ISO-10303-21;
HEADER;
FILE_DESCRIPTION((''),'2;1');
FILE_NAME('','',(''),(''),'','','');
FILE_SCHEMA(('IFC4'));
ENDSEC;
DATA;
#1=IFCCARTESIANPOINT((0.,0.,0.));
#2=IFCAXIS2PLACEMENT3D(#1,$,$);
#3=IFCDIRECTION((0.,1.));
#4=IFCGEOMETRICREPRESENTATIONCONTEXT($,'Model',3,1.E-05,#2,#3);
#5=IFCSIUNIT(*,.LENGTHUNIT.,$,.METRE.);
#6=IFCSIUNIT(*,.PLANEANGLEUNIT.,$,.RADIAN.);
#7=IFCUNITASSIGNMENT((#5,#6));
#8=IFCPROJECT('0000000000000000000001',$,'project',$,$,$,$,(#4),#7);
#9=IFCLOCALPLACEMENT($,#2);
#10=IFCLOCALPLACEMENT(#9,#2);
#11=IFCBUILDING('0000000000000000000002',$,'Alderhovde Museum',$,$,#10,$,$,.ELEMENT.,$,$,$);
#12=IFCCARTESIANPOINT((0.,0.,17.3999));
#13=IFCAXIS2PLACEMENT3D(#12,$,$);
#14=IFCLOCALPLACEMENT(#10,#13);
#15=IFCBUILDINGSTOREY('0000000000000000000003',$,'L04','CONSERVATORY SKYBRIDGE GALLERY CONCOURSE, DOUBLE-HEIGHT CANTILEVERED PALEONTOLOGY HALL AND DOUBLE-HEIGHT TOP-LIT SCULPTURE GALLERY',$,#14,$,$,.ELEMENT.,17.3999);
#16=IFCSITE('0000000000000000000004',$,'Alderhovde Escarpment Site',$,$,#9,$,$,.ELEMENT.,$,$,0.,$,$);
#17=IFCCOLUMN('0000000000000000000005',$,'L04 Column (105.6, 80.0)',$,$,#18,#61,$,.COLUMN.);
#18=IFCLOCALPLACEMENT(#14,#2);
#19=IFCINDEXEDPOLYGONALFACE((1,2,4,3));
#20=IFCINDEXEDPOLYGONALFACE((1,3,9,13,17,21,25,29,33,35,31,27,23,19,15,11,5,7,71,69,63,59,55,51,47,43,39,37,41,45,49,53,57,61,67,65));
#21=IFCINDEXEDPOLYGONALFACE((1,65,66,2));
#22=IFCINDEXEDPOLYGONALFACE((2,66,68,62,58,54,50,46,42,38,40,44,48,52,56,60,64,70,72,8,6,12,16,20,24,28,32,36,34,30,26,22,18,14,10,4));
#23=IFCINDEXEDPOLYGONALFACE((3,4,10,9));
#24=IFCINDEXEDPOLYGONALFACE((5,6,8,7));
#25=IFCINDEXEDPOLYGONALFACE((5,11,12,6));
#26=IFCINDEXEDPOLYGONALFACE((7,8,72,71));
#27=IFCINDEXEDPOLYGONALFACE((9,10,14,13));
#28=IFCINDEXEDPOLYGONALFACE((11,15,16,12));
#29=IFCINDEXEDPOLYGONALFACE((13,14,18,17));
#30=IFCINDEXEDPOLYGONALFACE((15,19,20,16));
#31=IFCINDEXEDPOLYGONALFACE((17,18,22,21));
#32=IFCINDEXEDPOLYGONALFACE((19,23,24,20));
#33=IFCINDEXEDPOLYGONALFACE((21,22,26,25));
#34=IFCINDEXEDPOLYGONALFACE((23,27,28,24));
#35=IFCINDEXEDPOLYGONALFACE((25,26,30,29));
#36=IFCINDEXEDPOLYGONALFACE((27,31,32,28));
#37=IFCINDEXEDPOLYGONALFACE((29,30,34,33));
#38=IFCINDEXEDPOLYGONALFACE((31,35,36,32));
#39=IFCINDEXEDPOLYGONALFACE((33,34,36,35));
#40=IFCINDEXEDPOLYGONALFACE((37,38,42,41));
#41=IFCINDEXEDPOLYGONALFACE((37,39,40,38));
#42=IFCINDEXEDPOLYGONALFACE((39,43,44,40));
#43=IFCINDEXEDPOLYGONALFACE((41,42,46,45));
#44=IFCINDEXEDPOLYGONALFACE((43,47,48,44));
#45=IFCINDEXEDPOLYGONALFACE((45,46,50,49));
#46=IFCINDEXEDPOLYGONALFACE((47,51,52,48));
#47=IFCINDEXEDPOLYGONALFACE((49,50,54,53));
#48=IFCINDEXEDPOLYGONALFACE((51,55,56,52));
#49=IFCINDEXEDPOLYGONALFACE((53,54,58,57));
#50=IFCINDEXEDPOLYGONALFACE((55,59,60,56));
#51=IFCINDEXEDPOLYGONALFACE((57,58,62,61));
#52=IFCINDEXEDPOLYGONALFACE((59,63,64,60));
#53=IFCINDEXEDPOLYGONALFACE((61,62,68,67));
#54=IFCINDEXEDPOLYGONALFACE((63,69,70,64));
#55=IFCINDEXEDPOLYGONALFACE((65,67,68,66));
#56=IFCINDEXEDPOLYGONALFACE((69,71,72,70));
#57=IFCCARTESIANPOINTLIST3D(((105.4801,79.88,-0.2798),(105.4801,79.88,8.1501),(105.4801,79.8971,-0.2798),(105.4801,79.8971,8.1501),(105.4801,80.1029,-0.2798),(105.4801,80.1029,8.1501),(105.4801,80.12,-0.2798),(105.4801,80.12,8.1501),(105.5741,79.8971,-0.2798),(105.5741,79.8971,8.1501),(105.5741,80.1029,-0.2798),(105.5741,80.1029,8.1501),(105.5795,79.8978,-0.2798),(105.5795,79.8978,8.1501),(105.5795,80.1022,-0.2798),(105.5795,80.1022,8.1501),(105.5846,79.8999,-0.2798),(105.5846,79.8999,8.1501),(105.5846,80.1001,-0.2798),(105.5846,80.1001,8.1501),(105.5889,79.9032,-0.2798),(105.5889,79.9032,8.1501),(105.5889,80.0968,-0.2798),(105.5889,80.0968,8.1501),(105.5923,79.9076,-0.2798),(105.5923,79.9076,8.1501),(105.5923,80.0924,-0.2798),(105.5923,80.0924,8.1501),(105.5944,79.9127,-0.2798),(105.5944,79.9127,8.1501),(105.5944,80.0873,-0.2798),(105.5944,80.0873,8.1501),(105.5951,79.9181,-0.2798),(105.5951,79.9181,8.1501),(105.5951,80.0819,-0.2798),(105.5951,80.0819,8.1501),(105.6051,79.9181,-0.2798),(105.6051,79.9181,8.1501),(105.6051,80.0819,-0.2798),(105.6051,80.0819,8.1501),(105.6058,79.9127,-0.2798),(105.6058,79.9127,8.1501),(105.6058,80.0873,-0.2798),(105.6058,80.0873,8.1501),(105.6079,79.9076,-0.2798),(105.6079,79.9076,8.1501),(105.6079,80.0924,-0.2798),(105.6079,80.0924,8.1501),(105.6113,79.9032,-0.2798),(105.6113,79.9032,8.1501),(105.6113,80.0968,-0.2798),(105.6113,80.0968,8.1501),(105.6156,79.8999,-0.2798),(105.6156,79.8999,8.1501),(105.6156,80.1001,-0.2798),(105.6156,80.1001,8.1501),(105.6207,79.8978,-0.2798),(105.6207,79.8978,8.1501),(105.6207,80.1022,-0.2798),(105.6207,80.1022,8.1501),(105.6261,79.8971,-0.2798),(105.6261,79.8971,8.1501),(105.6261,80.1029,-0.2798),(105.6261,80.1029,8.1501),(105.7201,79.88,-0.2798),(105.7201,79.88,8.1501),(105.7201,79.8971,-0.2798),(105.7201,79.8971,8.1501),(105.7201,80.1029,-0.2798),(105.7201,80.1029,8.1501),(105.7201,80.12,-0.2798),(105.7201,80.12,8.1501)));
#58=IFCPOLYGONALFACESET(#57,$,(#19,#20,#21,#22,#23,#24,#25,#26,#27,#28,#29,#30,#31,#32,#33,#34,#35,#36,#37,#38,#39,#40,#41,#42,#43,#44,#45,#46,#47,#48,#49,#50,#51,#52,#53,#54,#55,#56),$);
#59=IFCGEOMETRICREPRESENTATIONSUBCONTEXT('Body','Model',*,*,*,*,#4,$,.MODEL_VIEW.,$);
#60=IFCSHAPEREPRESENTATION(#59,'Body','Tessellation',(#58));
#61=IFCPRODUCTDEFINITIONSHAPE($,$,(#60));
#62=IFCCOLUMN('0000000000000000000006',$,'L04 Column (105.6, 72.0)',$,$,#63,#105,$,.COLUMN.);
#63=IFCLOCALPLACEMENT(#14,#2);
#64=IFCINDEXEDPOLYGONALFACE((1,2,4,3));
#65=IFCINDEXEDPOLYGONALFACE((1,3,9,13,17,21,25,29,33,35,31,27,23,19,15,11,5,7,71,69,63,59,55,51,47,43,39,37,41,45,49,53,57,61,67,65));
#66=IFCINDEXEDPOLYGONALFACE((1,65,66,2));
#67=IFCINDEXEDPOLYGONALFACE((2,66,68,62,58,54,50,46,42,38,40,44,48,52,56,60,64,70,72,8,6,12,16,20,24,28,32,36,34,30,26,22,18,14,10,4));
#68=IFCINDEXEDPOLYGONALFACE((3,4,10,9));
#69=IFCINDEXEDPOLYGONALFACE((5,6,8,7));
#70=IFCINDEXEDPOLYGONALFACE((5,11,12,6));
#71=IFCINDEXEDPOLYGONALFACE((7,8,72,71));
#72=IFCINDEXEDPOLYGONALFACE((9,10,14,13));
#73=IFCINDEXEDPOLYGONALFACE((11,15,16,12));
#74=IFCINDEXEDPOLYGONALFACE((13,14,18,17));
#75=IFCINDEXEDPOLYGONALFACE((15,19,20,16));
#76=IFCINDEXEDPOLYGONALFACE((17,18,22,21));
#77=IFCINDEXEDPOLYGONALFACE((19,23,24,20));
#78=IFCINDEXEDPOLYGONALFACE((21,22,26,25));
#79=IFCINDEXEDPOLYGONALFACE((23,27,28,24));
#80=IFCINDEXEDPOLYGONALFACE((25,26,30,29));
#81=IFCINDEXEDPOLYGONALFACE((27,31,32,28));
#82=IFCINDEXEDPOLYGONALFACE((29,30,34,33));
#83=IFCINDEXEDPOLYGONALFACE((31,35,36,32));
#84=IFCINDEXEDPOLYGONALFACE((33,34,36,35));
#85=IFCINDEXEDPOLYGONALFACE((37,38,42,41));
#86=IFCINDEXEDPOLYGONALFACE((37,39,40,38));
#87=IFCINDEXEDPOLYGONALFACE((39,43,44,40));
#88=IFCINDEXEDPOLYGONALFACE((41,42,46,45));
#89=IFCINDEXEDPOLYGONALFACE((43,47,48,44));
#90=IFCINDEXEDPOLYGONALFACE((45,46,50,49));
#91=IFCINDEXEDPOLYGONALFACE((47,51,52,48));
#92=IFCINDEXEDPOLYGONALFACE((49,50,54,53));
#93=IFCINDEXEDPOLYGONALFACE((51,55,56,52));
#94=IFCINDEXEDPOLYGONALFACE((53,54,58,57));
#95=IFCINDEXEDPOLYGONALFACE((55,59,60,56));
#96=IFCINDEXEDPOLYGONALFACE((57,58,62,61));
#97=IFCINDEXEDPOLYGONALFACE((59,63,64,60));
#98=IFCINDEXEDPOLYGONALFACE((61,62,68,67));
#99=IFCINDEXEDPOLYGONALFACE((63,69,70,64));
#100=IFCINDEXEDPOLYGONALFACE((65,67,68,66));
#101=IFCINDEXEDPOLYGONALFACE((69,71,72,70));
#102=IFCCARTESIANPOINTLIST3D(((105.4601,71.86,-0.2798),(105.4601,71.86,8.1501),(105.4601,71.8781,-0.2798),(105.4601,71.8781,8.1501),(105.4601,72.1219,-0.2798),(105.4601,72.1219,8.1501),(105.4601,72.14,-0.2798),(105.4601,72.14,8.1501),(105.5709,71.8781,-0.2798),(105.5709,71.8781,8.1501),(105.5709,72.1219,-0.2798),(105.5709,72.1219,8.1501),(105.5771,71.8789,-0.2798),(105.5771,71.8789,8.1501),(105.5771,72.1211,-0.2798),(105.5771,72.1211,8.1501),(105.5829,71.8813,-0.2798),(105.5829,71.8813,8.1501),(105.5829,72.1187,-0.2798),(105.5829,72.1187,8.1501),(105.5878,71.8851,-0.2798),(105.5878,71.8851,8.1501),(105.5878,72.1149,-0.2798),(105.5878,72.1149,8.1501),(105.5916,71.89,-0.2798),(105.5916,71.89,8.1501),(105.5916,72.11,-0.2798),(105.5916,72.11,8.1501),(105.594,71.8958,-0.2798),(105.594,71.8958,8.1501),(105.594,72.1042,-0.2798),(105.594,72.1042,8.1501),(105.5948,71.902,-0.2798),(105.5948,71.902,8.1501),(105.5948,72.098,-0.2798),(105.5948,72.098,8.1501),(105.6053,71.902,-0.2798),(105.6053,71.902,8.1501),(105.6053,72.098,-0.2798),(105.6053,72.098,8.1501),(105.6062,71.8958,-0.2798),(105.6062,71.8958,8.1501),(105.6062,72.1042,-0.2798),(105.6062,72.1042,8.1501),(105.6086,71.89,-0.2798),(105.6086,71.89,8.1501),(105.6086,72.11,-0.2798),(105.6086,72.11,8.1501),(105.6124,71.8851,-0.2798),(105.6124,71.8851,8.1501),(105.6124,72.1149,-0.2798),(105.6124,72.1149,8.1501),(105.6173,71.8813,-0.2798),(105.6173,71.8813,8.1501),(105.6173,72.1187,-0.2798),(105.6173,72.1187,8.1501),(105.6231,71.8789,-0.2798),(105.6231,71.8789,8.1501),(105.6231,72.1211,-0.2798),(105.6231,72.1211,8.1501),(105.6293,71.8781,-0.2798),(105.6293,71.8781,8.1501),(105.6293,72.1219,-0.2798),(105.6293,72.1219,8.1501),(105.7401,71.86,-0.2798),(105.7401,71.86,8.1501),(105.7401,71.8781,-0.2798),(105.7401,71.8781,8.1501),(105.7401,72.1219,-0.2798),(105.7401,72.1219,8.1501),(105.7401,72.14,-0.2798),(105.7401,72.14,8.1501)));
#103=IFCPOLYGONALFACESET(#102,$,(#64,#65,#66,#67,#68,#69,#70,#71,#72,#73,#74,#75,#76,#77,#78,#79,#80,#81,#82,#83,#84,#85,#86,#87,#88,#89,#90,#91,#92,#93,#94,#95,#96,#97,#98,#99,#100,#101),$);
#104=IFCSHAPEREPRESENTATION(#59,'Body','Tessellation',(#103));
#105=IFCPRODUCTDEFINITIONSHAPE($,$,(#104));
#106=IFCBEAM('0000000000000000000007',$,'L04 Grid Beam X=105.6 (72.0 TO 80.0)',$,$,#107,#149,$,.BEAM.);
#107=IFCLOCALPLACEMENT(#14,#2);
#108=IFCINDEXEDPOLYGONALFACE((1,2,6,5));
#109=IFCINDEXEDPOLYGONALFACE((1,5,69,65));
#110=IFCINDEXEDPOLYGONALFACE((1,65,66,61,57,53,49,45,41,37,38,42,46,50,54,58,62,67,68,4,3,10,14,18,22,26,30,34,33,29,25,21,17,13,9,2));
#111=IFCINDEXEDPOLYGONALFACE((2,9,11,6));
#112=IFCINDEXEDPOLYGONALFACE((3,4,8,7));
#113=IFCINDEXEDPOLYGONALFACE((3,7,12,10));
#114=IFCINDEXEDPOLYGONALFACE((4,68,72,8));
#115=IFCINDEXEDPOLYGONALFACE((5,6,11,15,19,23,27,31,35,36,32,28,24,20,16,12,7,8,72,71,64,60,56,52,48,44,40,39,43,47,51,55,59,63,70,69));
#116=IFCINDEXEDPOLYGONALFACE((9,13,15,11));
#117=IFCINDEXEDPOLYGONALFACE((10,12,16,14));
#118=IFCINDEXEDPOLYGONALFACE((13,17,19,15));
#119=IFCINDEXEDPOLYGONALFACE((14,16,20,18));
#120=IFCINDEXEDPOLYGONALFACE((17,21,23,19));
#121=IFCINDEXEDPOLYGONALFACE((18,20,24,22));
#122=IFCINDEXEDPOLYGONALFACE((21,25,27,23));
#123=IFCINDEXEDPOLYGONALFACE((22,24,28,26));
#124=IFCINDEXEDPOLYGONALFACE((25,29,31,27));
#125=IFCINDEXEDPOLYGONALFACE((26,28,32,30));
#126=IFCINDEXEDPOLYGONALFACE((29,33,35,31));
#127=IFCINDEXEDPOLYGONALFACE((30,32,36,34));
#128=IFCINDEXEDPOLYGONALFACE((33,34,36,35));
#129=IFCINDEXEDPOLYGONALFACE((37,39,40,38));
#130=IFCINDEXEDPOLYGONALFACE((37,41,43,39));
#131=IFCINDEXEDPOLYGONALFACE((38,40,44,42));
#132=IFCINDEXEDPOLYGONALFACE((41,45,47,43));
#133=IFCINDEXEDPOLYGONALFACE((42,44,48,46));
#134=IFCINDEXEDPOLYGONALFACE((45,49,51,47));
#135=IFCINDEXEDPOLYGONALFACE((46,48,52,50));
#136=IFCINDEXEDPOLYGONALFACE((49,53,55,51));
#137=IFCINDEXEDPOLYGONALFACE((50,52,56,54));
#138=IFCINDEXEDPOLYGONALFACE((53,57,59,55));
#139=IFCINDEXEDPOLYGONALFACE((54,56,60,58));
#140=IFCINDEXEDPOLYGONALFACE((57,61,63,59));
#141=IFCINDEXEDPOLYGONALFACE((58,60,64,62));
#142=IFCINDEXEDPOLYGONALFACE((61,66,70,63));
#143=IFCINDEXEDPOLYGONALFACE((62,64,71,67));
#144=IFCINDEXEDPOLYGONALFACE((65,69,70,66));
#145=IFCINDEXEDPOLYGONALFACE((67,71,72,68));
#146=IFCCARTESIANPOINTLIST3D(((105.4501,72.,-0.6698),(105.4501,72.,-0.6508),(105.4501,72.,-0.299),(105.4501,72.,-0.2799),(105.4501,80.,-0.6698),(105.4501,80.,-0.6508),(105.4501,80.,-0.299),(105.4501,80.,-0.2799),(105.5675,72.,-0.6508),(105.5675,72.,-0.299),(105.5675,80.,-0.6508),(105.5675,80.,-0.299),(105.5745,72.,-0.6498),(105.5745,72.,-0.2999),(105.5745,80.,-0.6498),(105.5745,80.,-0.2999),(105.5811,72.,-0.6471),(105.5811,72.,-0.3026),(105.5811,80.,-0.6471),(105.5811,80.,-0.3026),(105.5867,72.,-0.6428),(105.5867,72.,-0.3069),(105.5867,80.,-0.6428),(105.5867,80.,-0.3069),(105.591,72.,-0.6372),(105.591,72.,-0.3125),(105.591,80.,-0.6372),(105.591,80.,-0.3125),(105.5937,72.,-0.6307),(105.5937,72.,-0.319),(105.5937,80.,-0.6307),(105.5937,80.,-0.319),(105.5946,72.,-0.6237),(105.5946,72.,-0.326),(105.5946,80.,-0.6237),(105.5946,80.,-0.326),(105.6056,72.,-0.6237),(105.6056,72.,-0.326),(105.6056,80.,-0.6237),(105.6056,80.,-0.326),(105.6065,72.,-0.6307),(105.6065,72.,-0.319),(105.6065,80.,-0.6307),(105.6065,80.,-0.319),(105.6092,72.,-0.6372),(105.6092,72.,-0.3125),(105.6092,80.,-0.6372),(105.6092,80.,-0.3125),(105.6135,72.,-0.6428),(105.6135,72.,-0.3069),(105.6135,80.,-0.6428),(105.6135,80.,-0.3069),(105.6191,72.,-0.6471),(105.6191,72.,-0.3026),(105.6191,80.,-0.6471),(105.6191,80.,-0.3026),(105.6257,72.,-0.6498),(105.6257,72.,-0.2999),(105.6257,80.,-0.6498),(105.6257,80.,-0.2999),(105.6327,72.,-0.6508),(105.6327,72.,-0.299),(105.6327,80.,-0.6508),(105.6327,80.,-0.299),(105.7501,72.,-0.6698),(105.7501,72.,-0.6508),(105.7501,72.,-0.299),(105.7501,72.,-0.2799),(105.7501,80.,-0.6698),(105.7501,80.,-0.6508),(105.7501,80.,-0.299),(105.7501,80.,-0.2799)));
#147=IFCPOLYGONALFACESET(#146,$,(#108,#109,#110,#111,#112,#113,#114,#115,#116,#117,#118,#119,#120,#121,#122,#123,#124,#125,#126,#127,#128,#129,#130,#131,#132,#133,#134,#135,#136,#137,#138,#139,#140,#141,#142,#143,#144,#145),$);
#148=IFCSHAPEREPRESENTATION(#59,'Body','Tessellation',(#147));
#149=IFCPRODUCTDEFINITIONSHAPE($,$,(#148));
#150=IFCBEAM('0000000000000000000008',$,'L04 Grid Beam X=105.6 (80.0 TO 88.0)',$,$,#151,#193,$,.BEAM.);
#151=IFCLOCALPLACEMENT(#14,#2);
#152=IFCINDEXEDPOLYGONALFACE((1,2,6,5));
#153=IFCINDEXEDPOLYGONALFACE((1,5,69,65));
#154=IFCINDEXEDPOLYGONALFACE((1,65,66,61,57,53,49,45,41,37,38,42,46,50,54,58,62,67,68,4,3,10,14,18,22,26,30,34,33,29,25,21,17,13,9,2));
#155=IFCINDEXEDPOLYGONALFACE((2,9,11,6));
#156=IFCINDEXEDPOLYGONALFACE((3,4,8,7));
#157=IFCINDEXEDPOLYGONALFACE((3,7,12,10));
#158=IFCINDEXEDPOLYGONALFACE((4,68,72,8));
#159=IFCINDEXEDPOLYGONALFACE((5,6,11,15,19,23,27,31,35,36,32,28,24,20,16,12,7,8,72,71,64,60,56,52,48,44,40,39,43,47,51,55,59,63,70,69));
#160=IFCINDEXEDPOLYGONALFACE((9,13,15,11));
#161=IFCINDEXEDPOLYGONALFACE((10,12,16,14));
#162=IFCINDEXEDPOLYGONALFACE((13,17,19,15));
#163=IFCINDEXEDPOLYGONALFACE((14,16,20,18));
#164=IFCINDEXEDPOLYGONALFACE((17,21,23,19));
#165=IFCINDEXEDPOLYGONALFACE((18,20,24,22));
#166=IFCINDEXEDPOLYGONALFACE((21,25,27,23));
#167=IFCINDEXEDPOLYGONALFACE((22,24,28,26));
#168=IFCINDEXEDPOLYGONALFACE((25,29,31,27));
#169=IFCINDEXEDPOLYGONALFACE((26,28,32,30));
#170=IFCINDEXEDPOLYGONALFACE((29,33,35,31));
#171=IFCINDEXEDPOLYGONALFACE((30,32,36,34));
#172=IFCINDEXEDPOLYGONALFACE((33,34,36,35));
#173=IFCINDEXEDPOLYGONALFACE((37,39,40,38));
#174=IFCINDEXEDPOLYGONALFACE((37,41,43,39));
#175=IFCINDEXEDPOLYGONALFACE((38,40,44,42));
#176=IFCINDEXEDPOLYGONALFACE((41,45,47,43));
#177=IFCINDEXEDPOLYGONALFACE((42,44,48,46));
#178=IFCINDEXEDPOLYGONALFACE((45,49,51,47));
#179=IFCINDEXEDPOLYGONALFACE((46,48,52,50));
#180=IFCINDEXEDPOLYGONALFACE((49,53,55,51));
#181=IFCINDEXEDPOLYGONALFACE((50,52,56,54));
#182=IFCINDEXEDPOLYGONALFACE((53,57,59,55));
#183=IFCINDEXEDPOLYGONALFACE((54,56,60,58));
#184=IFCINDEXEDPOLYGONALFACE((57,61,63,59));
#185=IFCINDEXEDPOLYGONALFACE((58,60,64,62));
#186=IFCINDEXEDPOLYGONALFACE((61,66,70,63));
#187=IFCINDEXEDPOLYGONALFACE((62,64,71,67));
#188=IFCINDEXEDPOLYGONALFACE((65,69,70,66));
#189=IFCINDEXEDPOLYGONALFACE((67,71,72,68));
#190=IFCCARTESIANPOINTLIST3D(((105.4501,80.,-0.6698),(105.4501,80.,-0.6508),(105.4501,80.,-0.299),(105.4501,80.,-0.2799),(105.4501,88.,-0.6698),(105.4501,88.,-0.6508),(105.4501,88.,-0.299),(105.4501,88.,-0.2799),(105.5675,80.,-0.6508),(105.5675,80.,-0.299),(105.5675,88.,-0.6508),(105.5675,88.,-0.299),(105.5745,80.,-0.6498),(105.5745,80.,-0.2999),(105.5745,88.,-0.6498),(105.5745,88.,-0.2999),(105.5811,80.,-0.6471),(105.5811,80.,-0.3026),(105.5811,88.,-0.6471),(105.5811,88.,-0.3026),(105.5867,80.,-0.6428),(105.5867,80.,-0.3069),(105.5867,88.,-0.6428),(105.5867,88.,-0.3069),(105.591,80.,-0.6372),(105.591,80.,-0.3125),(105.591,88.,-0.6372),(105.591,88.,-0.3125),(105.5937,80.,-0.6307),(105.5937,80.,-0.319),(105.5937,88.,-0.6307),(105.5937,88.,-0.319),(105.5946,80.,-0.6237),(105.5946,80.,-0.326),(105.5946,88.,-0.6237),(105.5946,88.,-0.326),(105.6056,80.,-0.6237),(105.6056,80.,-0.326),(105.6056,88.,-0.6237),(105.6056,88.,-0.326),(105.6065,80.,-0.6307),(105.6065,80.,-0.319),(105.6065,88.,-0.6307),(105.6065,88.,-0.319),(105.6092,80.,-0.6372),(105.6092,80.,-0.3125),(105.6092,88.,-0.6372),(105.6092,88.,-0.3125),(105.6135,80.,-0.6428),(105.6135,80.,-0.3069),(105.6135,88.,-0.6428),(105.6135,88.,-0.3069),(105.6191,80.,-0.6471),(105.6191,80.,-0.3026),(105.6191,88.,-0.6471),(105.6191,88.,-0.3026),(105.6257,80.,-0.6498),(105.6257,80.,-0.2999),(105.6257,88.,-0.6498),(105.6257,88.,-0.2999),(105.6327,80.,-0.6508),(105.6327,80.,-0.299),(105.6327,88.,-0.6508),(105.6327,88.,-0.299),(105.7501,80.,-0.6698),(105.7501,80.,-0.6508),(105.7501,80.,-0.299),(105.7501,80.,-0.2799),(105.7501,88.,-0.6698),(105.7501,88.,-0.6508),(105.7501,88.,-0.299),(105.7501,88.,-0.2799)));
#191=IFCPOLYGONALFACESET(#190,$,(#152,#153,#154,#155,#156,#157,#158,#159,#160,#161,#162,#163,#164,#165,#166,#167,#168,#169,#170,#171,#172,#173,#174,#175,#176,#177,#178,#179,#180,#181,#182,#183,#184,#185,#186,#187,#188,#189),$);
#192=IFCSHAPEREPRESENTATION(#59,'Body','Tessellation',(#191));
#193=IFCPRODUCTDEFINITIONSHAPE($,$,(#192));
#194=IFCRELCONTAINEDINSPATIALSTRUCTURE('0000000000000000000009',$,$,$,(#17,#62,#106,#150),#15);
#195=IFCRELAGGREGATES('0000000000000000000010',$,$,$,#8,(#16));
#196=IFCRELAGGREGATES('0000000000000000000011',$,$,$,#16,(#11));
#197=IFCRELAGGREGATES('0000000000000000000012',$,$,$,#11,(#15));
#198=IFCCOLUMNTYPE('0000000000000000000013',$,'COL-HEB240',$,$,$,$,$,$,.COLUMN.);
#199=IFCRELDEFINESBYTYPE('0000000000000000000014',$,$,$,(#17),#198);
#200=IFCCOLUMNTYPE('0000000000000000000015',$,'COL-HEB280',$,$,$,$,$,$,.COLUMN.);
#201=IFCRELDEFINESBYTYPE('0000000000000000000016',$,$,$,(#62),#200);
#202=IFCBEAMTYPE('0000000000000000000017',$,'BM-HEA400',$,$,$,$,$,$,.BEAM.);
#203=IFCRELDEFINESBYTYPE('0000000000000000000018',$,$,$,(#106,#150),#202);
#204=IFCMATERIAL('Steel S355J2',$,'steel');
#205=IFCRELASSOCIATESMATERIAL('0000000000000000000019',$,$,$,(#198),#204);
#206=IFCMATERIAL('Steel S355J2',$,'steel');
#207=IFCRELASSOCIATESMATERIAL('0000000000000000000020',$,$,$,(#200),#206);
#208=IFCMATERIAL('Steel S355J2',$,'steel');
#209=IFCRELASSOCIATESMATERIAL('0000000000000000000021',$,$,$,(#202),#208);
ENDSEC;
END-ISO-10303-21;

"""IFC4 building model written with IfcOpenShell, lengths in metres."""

from ifc_helpers import new_model, si_unit, direction, frame, origin, origin_2d, place, context, subcontext, project, spatial, i_section, extrude, material, material_profile, profile_set, type_object, element, save


model = new_model("IFC4")

# Units and contexts
model_context = context("Model", 3, precision=1e-05, world=origin(), true_north=direction((0.0, 1.0)))
body_context = subcontext(model_context, "Body", "Model", "MODEL_VIEW")
ifc_project = project(units=[si_unit("LENGTHUNIT", "METRE"), si_unit("PLANEANGLEUNIT", "RADIAN")], contexts=[model_context])

# Site, building, storey
site_placement = place(None, origin())
site = spatial("IfcSite", under=ifc_project, at=site_placement, Name="Alderhovde Escarpment Site", CompositionType="ELEMENT", RefElevation=0.0)
building_placement = place(site_placement, origin())
building = spatial("IfcBuilding", under=site, at=building_placement, Name="Alderhovde Museum", CompositionType="ELEMENT")
storey_placement = place(building_placement, frame((0.0, 0.0, 17.3999)))
storey = spatial("IfcBuildingStorey", under=building, at=storey_placement, Name="L04", Description="CONSERVATORY SKYBRIDGE GALLERY CONCOURSE, DOUBLE-HEIGHT CANTILEVERED PALEONTOLOGY HALL AND DOUBLE-HEIGHT TOP-LIT SCULPTURE GALLERY", CompositionType="ELEMENT", Elevation=17.3999)

# Columns
ifc_material_1 = material(Name="Steel S355J2", Category="steel")
ifc_material_profile_1 = material_profile(ifc_material_1, i_section(OverallWidth=0.24, OverallDepth=0.24, WebThickness=0.01, FlangeThickness=0.0171, FilletRadius=0.021, at=origin_2d()), Name="HEB 240")
ifc_profile_set_1 = profile_set([ifc_material_profile_1], Name="Steel S355J2")
column_type_1 = type_object("IfcColumnType", Name="COL-HEB240", PredefinedType="COLUMN", material=ifc_profile_set_1)
column_1_placement = place(storey_placement, frame((105.6001, 80.0, -0.2798), z_axis=(0.0, 0.0, 1.0), x_axis=(1.0, 0.0, 0.0)))
element("IfcColumn", 1, at=column_1_placement, inside=storey, type_object=column_type_1, Name="L04 Column (105.6, 80.0)", PredefinedType="COLUMN", context=body_context, shape_type="SweptSolid", body=[
    extrude(i_section(OverallWidth=0.24, OverallDepth=0.24, WebThickness=0.01, FlangeThickness=0.0171, FilletRadius=0.021, at=origin_2d()), origin(), (0.0, 0.0, 1.0), 8.4299),
])
ifc_material_2 = material(Name="Steel S355J2", Category="steel")
ifc_material_profile_2 = material_profile(ifc_material_2, i_section(OverallWidth=0.28, OverallDepth=0.28, WebThickness=0.0105, FlangeThickness=0.0181, FilletRadius=0.0239, at=origin_2d()), Name="HEB 280")
ifc_profile_set_2 = profile_set([ifc_material_profile_2], Name="Steel S355J2")
column_type_2 = type_object("IfcColumnType", Name="COL-HEB280", PredefinedType="COLUMN", material=ifc_profile_set_2)
column_2_placement = place(storey_placement, frame((105.6001, 72.0, -0.2798), z_axis=(0.0, 0.0, 1.0), x_axis=(1.0, 0.0, 0.0)))
element("IfcColumn", 2, at=column_2_placement, inside=storey, type_object=column_type_2, Name="L04 Column (105.6, 72.0)", PredefinedType="COLUMN", context=body_context, shape_type="SweptSolid", body=[
    extrude(i_section(OverallWidth=0.28, OverallDepth=0.28, WebThickness=0.0105, FlangeThickness=0.0181, FilletRadius=0.0239, at=origin_2d()), origin(), (0.0, 0.0, 1.0), 8.4299),
])

# Beams
ifc_material_3 = material(Name="Steel S355J2", Category="steel")
ifc_material_profile_3 = material_profile(ifc_material_3, i_section(OverallWidth=0.3, OverallDepth=0.3899, WebThickness=0.011, FlangeThickness=0.019, FilletRadius=0.0271, at=origin_2d()), Name="HEA 400")
ifc_profile_set_3 = profile_set([ifc_material_profile_3], Name="Steel S355J2")
beam_type_1 = type_object("IfcBeamType", Name="BM-HEA400", PredefinedType="BEAM", material=ifc_profile_set_3)
for number, where, z_axis, x_axis, name in (
    (3, (105.6001, 72.0, -0.4749), (0.0, 1.0, 0.0), (-1.0, 0.0, 0.0), "L04 Grid Beam X=105.6 (72.0 TO 80.0)"),
    (4, (105.6001, 80.0, -0.4749), (0.0, 1.0, 0.0), (-1.0, 0.0, 0.0), "L04 Grid Beam X=105.6 (80.0 TO 88.0)"),
):
    element("IfcBeam", number, at=place(storey_placement, frame(where, z_axis=z_axis, x_axis=x_axis)), inside=storey, type_object=beam_type_1, Name=name, PredefinedType="BEAM", context=body_context, shape_type="SweptSolid", body=[
        extrude(i_section(OverallWidth=0.3, OverallDepth=0.3899, WebThickness=0.011, FlangeThickness=0.019, FilletRadius=0.0271, at=origin_2d()), origin(), (0.0, 0.0, 1.0), 8.0),
    ])

save(model, "model.ifc")
